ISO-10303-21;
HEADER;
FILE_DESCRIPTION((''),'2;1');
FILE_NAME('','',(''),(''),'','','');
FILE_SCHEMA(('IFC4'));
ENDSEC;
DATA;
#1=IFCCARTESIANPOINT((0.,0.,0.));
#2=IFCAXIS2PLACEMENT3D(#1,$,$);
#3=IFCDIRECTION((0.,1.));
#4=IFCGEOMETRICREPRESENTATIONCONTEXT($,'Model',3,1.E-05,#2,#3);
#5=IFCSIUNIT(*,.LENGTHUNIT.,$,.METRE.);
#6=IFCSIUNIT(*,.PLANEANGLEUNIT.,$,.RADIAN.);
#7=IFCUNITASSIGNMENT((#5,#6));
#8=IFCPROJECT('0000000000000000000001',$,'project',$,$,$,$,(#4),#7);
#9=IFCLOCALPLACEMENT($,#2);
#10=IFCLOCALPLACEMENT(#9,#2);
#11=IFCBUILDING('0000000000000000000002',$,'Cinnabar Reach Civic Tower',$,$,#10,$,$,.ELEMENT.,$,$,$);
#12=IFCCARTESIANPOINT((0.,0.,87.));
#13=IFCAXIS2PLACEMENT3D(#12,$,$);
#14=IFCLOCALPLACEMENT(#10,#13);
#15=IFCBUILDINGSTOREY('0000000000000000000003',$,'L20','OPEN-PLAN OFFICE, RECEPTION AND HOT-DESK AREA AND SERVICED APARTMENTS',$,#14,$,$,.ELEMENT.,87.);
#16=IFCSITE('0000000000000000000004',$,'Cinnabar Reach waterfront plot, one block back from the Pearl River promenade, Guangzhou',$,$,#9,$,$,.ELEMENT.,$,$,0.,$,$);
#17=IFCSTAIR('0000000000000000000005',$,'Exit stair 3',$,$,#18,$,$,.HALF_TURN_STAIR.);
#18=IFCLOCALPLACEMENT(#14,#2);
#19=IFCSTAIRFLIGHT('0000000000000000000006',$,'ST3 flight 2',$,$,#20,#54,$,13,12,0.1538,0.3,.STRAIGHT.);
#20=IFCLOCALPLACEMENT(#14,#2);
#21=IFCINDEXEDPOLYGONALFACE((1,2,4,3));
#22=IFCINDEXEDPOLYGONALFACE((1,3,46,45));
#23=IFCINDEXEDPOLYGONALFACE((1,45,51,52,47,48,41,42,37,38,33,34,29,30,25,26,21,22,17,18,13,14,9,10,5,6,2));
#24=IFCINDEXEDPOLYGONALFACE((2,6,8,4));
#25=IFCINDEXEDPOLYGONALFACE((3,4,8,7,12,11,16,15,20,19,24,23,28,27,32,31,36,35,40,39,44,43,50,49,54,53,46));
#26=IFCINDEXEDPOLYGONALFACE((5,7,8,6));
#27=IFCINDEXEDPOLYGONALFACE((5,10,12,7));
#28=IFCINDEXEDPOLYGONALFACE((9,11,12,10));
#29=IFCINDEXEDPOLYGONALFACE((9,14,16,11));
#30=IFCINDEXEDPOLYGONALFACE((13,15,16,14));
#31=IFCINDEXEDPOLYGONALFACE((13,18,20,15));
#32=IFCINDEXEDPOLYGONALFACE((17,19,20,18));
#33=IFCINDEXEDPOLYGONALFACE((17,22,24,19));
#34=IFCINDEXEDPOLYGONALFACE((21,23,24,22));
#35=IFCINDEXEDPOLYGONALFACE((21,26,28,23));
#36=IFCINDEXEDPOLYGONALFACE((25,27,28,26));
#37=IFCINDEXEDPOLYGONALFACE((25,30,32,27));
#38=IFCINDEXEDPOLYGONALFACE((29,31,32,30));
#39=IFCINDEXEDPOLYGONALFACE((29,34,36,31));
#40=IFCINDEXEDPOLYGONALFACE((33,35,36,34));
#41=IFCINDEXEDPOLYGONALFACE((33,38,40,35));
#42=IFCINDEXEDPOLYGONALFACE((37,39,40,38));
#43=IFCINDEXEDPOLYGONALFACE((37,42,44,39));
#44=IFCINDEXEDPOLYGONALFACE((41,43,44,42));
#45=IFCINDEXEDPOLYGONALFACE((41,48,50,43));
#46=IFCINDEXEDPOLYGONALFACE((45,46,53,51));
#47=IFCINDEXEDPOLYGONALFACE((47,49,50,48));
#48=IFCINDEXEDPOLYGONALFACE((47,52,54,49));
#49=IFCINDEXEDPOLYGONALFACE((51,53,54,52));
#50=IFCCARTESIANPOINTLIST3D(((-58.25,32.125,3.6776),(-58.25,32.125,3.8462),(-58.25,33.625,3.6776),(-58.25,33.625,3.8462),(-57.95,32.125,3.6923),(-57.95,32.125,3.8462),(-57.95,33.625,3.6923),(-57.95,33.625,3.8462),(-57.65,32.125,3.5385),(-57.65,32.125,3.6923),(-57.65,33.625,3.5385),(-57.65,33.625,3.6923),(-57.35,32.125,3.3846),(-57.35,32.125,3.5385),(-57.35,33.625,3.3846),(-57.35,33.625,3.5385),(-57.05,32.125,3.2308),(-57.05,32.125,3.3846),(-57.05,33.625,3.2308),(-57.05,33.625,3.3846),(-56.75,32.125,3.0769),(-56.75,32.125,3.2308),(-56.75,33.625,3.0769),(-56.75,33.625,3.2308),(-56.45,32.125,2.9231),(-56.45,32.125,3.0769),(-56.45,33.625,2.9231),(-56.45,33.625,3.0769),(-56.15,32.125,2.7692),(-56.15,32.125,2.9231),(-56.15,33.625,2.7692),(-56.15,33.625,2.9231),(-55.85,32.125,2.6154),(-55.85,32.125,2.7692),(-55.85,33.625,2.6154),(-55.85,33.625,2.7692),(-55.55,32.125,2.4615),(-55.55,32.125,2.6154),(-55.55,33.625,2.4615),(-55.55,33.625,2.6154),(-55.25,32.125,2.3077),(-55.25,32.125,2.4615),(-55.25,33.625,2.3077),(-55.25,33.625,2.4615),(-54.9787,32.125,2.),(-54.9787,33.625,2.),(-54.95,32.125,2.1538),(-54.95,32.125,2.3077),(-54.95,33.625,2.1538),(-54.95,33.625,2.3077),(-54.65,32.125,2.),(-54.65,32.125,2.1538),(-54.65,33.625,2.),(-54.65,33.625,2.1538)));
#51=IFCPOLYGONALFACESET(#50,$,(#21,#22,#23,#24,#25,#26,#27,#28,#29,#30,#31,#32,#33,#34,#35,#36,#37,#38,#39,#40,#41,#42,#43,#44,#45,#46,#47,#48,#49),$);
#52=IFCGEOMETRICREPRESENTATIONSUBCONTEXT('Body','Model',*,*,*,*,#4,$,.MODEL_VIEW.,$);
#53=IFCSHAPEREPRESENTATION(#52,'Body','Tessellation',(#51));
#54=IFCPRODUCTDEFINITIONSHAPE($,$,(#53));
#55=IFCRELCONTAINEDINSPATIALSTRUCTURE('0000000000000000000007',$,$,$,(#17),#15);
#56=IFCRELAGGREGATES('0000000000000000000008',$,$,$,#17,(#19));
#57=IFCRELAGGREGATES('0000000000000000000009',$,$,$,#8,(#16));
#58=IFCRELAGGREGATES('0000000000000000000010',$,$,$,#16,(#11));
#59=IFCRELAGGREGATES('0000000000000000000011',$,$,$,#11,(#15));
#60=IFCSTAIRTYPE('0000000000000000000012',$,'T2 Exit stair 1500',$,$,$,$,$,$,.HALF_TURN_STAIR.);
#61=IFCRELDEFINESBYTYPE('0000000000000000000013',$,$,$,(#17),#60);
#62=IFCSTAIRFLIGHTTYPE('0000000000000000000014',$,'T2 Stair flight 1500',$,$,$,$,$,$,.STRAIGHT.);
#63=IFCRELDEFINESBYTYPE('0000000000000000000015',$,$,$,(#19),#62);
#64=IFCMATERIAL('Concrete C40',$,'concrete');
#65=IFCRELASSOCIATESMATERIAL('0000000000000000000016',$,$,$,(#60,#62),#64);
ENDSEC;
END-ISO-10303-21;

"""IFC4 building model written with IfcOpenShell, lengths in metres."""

from ifc_helpers import new_model, si_unit, direction, frame, origin, place, context, subcontext, project, spatial, polyline, outline, extrude, material, type_object, element, aggregate, save


model = new_model("IFC4")

# Units and contexts
model_context = context("Model", 3, precision=1e-05, world=origin(), true_north=direction((0.0, 1.0)))
body_context = subcontext(model_context, "Body", "Model", "MODEL_VIEW")
ifc_project = project(units=[si_unit("LENGTHUNIT", "METRE"), si_unit("PLANEANGLEUNIT", "RADIAN")], contexts=[model_context])

# Site, building, storey
site_placement = place(None, origin())
site = spatial("IfcSite", under=ifc_project, at=site_placement, Name="Cinnabar Reach waterfront plot, one block back from the Pearl River promenade, Guangzhou", CompositionType="ELEMENT", RefElevation=0.0)
building_placement = place(site_placement, origin())
building = spatial("IfcBuilding", under=site, at=building_placement, Name="Cinnabar Reach Civic Tower", CompositionType="ELEMENT")
storey_placement = place(building_placement, frame((0.0, 0.0, 87.0)))
storey = spatial("IfcBuildingStorey", under=building, at=storey_placement, Name="L20", Description="OPEN-PLAN OFFICE, RECEPTION AND HOT-DESK AREA AND SERVICED APARTMENTS", CompositionType="ELEMENT", Elevation=87.0)

# Stair, stair flight
ifc_material_1 = material(Name="Concrete C40", Category="concrete")
stair_type = type_object("IfcStairType", Name="T2 Exit stair 1500", PredefinedType="HALF_TURN_STAIR", material=ifc_material_1)
stair_placement = place(storey_placement, origin())
stair = element("IfcStair", 1, at=stair_placement, inside=storey, type_object=stair_type, Name="Exit stair 3", PredefinedType="HALF_TURN_STAIR")
stair_flight_type = type_object("IfcStairFlightType", Name="T2 Stair flight 1500", PredefinedType="STRAIGHT", material=ifc_material_1)
stair_flight_placement = place(storey_placement, frame((-54.65, 32.875, 2.0), z_axis=(0.0, 0.0, 1.0), x_axis=(-1.0, 0.0, 0.0)))
stair_flight = element("IfcStairFlight", 2, at=stair_flight_placement, type_object=stair_flight_type, Name="ST3 flight 2", NumberOfRisers=13, NumberOfTreads=12, PredefinedType="STRAIGHT", RiserHeight=0.1538, TreadLength=0.3, context=body_context, shape_type="SweptSolid", body=[
    extrude(outline(polyline([(0.0, 0.0), (0.0, 0.1538), (0.3, 0.1538), (0.3, 0.3077), (0.6, 0.3077), (0.6, 0.4615), (0.9, 0.4615), (0.9, 0.6154), (1.2, 0.6154), (1.2, 0.7692), (1.5, 0.7692), (1.5, 0.9231), (1.8, 0.9231), (1.8, 1.0769), (2.1, 1.0769), (2.1, 1.2308), (2.4, 1.2308), (2.4, 1.3846), (2.7, 1.3846), (2.7, 1.5385), (3.0, 1.5385), (3.0, 1.6923), (3.3, 1.6923), (3.3, 1.8462), (3.6, 1.8462), (3.6, 2.0), (3.6, 1.6776), (0.3287, 0.0), (0.0, 0.0)])), frame((0.0, 0.75, 0.0), z_axis=(0.0, -1.0, 0.0), x_axis=(1.0, 0.0, 0.0)), (0.0, 0.0, 1.0), 1.5),
])
aggregate(stair, [stair_flight])

save(model, "model.ifc")
